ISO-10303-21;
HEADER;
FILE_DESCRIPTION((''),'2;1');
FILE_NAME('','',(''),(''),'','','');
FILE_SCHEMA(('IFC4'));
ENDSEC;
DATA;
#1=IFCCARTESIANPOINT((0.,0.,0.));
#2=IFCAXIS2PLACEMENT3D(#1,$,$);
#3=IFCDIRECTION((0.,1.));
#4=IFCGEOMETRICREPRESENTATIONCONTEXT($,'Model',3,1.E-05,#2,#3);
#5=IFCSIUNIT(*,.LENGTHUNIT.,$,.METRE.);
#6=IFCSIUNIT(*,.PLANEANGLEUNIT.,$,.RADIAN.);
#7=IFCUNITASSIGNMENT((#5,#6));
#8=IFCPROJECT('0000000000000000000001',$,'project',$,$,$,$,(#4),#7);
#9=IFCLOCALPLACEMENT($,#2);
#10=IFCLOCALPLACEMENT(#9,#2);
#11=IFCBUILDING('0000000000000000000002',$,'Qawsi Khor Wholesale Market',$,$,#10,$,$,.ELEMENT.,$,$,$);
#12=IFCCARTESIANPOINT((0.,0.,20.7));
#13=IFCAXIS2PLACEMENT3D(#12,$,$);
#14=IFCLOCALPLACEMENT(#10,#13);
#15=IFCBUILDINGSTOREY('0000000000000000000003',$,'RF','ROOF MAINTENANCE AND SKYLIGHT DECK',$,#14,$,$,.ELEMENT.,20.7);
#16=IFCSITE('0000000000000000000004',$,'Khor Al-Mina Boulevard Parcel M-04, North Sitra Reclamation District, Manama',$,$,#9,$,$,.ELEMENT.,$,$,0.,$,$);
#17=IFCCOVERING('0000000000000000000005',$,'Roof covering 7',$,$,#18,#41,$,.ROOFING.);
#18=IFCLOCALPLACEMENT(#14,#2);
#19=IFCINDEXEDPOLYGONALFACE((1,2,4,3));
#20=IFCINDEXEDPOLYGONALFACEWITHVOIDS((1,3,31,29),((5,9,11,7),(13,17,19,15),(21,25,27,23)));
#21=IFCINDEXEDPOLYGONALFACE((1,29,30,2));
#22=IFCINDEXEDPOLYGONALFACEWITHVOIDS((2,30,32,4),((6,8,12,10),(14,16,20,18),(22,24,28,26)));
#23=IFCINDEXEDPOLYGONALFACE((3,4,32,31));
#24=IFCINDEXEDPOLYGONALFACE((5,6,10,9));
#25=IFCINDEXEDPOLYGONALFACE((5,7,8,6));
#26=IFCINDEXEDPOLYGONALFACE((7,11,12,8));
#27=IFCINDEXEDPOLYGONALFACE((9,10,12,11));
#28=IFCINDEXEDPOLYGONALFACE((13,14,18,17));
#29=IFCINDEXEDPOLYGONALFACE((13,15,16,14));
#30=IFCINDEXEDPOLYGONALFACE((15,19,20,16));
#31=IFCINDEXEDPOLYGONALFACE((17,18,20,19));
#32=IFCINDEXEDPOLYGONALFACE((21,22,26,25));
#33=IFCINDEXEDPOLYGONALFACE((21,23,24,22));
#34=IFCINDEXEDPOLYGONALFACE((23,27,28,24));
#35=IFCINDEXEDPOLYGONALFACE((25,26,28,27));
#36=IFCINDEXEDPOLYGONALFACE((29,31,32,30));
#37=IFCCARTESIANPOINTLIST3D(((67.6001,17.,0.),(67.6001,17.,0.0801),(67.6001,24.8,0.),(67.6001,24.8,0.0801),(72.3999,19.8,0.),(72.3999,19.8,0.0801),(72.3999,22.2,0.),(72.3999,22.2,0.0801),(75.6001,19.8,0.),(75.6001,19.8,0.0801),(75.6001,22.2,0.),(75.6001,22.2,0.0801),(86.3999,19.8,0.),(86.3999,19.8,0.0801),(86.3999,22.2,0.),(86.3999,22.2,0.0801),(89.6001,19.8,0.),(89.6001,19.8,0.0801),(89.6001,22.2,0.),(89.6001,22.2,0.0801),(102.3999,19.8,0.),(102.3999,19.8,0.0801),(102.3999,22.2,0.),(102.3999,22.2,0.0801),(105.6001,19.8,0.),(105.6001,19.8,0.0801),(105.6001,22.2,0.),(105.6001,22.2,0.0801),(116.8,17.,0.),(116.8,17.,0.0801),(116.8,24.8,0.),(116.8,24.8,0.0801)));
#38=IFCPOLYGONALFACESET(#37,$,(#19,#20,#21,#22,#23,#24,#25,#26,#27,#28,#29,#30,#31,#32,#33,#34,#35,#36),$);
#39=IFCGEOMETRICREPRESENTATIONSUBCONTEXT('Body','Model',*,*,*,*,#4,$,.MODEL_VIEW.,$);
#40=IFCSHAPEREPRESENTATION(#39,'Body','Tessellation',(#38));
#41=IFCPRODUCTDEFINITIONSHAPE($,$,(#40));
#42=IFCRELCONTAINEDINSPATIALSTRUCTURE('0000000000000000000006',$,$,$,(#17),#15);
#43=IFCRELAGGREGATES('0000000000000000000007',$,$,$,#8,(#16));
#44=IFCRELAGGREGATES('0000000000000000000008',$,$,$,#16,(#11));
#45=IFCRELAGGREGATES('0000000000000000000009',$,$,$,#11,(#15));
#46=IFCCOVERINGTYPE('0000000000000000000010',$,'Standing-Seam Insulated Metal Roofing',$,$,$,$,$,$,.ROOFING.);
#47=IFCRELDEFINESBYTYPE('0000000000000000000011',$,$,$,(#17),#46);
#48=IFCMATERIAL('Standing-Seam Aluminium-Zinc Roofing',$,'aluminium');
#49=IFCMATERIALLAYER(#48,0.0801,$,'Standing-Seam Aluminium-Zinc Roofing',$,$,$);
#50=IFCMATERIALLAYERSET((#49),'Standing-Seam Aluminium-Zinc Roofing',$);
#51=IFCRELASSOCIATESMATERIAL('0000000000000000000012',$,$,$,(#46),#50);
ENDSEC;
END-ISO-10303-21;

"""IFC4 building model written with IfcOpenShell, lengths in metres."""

from ifc_helpers import new_model, si_unit, direction, frame, origin, place, context, subcontext, project, spatial, polyline, outline, extrude, material, layer, layer_set, type_object, element, save


model = new_model("IFC4")

# Units and contexts
model_context = context("Model", 3, precision=1e-05, world=origin(), true_north=direction((0.0, 1.0)))
body_context = subcontext(model_context, "Body", "Model", "MODEL_VIEW")
ifc_project = project(units=[si_unit("LENGTHUNIT", "METRE"), si_unit("PLANEANGLEUNIT", "RADIAN")], contexts=[model_context])

# Site, building, storey
site_placement = place(None, origin())
site = spatial("IfcSite", under=ifc_project, at=site_placement, Name="Khor Al-Mina Boulevard Parcel M-04, North Sitra Reclamation District, Manama", CompositionType="ELEMENT", RefElevation=0.0)
building_placement = place(site_placement, origin())
building = spatial("IfcBuilding", under=site, at=building_placement, Name="Qawsi Khor Wholesale Market", CompositionType="ELEMENT")
storey_placement = place(building_placement, frame((0.0, 0.0, 20.7)))
storey = spatial("IfcBuildingStorey", under=building, at=storey_placement, Name="RF", Description="ROOF MAINTENANCE AND SKYLIGHT DECK", CompositionType="ELEMENT", Elevation=20.7)

# Covering
ifc_material_1 = material(Name="Standing-Seam Aluminium-Zinc Roofing", Category="aluminium")
ifc_layer_1 = layer(ifc_material_1, 0.0801, Name="Standing-Seam Aluminium-Zinc Roofing")
ifc_layer_set_1 = layer_set([ifc_layer_1], Name="Standing-Seam Aluminium-Zinc Roofing")
covering_type = type_object("IfcCoveringType", Name="Standing-Seam Insulated Metal Roofing", PredefinedType="ROOFING", material=ifc_layer_set_1)
covering_1_placement = place(storey_placement, origin())
element("IfcCovering", 1, at=covering_1_placement, inside=storey, type_object=covering_type, Name="Roof covering 7", PredefinedType="ROOFING", context=body_context, shape_type="SweptSolid", body=[
    extrude(outline(polyline([(67.6001, 24.8), (116.8, 24.8), (116.8, 17.0), (67.6001, 17.0), (67.6001, 24.8)]), holes=[polyline([(72.3999, 19.8), (75.6001, 19.8), (75.6001, 22.2), (72.3999, 22.2), (72.3999, 19.8)]), polyline([(86.3999, 22.2), (86.3999, 19.8), (89.6001, 19.8), (89.6001, 22.2), (86.3999, 22.2)]), polyline([(102.3999, 22.2), (102.3999, 19.8), (105.6001, 19.8), (105.6001, 22.2), (102.3999, 22.2)])]), origin(), (0.0, 0.0, 1.0), 0.0801),
])

save(model, "model.ifc")
